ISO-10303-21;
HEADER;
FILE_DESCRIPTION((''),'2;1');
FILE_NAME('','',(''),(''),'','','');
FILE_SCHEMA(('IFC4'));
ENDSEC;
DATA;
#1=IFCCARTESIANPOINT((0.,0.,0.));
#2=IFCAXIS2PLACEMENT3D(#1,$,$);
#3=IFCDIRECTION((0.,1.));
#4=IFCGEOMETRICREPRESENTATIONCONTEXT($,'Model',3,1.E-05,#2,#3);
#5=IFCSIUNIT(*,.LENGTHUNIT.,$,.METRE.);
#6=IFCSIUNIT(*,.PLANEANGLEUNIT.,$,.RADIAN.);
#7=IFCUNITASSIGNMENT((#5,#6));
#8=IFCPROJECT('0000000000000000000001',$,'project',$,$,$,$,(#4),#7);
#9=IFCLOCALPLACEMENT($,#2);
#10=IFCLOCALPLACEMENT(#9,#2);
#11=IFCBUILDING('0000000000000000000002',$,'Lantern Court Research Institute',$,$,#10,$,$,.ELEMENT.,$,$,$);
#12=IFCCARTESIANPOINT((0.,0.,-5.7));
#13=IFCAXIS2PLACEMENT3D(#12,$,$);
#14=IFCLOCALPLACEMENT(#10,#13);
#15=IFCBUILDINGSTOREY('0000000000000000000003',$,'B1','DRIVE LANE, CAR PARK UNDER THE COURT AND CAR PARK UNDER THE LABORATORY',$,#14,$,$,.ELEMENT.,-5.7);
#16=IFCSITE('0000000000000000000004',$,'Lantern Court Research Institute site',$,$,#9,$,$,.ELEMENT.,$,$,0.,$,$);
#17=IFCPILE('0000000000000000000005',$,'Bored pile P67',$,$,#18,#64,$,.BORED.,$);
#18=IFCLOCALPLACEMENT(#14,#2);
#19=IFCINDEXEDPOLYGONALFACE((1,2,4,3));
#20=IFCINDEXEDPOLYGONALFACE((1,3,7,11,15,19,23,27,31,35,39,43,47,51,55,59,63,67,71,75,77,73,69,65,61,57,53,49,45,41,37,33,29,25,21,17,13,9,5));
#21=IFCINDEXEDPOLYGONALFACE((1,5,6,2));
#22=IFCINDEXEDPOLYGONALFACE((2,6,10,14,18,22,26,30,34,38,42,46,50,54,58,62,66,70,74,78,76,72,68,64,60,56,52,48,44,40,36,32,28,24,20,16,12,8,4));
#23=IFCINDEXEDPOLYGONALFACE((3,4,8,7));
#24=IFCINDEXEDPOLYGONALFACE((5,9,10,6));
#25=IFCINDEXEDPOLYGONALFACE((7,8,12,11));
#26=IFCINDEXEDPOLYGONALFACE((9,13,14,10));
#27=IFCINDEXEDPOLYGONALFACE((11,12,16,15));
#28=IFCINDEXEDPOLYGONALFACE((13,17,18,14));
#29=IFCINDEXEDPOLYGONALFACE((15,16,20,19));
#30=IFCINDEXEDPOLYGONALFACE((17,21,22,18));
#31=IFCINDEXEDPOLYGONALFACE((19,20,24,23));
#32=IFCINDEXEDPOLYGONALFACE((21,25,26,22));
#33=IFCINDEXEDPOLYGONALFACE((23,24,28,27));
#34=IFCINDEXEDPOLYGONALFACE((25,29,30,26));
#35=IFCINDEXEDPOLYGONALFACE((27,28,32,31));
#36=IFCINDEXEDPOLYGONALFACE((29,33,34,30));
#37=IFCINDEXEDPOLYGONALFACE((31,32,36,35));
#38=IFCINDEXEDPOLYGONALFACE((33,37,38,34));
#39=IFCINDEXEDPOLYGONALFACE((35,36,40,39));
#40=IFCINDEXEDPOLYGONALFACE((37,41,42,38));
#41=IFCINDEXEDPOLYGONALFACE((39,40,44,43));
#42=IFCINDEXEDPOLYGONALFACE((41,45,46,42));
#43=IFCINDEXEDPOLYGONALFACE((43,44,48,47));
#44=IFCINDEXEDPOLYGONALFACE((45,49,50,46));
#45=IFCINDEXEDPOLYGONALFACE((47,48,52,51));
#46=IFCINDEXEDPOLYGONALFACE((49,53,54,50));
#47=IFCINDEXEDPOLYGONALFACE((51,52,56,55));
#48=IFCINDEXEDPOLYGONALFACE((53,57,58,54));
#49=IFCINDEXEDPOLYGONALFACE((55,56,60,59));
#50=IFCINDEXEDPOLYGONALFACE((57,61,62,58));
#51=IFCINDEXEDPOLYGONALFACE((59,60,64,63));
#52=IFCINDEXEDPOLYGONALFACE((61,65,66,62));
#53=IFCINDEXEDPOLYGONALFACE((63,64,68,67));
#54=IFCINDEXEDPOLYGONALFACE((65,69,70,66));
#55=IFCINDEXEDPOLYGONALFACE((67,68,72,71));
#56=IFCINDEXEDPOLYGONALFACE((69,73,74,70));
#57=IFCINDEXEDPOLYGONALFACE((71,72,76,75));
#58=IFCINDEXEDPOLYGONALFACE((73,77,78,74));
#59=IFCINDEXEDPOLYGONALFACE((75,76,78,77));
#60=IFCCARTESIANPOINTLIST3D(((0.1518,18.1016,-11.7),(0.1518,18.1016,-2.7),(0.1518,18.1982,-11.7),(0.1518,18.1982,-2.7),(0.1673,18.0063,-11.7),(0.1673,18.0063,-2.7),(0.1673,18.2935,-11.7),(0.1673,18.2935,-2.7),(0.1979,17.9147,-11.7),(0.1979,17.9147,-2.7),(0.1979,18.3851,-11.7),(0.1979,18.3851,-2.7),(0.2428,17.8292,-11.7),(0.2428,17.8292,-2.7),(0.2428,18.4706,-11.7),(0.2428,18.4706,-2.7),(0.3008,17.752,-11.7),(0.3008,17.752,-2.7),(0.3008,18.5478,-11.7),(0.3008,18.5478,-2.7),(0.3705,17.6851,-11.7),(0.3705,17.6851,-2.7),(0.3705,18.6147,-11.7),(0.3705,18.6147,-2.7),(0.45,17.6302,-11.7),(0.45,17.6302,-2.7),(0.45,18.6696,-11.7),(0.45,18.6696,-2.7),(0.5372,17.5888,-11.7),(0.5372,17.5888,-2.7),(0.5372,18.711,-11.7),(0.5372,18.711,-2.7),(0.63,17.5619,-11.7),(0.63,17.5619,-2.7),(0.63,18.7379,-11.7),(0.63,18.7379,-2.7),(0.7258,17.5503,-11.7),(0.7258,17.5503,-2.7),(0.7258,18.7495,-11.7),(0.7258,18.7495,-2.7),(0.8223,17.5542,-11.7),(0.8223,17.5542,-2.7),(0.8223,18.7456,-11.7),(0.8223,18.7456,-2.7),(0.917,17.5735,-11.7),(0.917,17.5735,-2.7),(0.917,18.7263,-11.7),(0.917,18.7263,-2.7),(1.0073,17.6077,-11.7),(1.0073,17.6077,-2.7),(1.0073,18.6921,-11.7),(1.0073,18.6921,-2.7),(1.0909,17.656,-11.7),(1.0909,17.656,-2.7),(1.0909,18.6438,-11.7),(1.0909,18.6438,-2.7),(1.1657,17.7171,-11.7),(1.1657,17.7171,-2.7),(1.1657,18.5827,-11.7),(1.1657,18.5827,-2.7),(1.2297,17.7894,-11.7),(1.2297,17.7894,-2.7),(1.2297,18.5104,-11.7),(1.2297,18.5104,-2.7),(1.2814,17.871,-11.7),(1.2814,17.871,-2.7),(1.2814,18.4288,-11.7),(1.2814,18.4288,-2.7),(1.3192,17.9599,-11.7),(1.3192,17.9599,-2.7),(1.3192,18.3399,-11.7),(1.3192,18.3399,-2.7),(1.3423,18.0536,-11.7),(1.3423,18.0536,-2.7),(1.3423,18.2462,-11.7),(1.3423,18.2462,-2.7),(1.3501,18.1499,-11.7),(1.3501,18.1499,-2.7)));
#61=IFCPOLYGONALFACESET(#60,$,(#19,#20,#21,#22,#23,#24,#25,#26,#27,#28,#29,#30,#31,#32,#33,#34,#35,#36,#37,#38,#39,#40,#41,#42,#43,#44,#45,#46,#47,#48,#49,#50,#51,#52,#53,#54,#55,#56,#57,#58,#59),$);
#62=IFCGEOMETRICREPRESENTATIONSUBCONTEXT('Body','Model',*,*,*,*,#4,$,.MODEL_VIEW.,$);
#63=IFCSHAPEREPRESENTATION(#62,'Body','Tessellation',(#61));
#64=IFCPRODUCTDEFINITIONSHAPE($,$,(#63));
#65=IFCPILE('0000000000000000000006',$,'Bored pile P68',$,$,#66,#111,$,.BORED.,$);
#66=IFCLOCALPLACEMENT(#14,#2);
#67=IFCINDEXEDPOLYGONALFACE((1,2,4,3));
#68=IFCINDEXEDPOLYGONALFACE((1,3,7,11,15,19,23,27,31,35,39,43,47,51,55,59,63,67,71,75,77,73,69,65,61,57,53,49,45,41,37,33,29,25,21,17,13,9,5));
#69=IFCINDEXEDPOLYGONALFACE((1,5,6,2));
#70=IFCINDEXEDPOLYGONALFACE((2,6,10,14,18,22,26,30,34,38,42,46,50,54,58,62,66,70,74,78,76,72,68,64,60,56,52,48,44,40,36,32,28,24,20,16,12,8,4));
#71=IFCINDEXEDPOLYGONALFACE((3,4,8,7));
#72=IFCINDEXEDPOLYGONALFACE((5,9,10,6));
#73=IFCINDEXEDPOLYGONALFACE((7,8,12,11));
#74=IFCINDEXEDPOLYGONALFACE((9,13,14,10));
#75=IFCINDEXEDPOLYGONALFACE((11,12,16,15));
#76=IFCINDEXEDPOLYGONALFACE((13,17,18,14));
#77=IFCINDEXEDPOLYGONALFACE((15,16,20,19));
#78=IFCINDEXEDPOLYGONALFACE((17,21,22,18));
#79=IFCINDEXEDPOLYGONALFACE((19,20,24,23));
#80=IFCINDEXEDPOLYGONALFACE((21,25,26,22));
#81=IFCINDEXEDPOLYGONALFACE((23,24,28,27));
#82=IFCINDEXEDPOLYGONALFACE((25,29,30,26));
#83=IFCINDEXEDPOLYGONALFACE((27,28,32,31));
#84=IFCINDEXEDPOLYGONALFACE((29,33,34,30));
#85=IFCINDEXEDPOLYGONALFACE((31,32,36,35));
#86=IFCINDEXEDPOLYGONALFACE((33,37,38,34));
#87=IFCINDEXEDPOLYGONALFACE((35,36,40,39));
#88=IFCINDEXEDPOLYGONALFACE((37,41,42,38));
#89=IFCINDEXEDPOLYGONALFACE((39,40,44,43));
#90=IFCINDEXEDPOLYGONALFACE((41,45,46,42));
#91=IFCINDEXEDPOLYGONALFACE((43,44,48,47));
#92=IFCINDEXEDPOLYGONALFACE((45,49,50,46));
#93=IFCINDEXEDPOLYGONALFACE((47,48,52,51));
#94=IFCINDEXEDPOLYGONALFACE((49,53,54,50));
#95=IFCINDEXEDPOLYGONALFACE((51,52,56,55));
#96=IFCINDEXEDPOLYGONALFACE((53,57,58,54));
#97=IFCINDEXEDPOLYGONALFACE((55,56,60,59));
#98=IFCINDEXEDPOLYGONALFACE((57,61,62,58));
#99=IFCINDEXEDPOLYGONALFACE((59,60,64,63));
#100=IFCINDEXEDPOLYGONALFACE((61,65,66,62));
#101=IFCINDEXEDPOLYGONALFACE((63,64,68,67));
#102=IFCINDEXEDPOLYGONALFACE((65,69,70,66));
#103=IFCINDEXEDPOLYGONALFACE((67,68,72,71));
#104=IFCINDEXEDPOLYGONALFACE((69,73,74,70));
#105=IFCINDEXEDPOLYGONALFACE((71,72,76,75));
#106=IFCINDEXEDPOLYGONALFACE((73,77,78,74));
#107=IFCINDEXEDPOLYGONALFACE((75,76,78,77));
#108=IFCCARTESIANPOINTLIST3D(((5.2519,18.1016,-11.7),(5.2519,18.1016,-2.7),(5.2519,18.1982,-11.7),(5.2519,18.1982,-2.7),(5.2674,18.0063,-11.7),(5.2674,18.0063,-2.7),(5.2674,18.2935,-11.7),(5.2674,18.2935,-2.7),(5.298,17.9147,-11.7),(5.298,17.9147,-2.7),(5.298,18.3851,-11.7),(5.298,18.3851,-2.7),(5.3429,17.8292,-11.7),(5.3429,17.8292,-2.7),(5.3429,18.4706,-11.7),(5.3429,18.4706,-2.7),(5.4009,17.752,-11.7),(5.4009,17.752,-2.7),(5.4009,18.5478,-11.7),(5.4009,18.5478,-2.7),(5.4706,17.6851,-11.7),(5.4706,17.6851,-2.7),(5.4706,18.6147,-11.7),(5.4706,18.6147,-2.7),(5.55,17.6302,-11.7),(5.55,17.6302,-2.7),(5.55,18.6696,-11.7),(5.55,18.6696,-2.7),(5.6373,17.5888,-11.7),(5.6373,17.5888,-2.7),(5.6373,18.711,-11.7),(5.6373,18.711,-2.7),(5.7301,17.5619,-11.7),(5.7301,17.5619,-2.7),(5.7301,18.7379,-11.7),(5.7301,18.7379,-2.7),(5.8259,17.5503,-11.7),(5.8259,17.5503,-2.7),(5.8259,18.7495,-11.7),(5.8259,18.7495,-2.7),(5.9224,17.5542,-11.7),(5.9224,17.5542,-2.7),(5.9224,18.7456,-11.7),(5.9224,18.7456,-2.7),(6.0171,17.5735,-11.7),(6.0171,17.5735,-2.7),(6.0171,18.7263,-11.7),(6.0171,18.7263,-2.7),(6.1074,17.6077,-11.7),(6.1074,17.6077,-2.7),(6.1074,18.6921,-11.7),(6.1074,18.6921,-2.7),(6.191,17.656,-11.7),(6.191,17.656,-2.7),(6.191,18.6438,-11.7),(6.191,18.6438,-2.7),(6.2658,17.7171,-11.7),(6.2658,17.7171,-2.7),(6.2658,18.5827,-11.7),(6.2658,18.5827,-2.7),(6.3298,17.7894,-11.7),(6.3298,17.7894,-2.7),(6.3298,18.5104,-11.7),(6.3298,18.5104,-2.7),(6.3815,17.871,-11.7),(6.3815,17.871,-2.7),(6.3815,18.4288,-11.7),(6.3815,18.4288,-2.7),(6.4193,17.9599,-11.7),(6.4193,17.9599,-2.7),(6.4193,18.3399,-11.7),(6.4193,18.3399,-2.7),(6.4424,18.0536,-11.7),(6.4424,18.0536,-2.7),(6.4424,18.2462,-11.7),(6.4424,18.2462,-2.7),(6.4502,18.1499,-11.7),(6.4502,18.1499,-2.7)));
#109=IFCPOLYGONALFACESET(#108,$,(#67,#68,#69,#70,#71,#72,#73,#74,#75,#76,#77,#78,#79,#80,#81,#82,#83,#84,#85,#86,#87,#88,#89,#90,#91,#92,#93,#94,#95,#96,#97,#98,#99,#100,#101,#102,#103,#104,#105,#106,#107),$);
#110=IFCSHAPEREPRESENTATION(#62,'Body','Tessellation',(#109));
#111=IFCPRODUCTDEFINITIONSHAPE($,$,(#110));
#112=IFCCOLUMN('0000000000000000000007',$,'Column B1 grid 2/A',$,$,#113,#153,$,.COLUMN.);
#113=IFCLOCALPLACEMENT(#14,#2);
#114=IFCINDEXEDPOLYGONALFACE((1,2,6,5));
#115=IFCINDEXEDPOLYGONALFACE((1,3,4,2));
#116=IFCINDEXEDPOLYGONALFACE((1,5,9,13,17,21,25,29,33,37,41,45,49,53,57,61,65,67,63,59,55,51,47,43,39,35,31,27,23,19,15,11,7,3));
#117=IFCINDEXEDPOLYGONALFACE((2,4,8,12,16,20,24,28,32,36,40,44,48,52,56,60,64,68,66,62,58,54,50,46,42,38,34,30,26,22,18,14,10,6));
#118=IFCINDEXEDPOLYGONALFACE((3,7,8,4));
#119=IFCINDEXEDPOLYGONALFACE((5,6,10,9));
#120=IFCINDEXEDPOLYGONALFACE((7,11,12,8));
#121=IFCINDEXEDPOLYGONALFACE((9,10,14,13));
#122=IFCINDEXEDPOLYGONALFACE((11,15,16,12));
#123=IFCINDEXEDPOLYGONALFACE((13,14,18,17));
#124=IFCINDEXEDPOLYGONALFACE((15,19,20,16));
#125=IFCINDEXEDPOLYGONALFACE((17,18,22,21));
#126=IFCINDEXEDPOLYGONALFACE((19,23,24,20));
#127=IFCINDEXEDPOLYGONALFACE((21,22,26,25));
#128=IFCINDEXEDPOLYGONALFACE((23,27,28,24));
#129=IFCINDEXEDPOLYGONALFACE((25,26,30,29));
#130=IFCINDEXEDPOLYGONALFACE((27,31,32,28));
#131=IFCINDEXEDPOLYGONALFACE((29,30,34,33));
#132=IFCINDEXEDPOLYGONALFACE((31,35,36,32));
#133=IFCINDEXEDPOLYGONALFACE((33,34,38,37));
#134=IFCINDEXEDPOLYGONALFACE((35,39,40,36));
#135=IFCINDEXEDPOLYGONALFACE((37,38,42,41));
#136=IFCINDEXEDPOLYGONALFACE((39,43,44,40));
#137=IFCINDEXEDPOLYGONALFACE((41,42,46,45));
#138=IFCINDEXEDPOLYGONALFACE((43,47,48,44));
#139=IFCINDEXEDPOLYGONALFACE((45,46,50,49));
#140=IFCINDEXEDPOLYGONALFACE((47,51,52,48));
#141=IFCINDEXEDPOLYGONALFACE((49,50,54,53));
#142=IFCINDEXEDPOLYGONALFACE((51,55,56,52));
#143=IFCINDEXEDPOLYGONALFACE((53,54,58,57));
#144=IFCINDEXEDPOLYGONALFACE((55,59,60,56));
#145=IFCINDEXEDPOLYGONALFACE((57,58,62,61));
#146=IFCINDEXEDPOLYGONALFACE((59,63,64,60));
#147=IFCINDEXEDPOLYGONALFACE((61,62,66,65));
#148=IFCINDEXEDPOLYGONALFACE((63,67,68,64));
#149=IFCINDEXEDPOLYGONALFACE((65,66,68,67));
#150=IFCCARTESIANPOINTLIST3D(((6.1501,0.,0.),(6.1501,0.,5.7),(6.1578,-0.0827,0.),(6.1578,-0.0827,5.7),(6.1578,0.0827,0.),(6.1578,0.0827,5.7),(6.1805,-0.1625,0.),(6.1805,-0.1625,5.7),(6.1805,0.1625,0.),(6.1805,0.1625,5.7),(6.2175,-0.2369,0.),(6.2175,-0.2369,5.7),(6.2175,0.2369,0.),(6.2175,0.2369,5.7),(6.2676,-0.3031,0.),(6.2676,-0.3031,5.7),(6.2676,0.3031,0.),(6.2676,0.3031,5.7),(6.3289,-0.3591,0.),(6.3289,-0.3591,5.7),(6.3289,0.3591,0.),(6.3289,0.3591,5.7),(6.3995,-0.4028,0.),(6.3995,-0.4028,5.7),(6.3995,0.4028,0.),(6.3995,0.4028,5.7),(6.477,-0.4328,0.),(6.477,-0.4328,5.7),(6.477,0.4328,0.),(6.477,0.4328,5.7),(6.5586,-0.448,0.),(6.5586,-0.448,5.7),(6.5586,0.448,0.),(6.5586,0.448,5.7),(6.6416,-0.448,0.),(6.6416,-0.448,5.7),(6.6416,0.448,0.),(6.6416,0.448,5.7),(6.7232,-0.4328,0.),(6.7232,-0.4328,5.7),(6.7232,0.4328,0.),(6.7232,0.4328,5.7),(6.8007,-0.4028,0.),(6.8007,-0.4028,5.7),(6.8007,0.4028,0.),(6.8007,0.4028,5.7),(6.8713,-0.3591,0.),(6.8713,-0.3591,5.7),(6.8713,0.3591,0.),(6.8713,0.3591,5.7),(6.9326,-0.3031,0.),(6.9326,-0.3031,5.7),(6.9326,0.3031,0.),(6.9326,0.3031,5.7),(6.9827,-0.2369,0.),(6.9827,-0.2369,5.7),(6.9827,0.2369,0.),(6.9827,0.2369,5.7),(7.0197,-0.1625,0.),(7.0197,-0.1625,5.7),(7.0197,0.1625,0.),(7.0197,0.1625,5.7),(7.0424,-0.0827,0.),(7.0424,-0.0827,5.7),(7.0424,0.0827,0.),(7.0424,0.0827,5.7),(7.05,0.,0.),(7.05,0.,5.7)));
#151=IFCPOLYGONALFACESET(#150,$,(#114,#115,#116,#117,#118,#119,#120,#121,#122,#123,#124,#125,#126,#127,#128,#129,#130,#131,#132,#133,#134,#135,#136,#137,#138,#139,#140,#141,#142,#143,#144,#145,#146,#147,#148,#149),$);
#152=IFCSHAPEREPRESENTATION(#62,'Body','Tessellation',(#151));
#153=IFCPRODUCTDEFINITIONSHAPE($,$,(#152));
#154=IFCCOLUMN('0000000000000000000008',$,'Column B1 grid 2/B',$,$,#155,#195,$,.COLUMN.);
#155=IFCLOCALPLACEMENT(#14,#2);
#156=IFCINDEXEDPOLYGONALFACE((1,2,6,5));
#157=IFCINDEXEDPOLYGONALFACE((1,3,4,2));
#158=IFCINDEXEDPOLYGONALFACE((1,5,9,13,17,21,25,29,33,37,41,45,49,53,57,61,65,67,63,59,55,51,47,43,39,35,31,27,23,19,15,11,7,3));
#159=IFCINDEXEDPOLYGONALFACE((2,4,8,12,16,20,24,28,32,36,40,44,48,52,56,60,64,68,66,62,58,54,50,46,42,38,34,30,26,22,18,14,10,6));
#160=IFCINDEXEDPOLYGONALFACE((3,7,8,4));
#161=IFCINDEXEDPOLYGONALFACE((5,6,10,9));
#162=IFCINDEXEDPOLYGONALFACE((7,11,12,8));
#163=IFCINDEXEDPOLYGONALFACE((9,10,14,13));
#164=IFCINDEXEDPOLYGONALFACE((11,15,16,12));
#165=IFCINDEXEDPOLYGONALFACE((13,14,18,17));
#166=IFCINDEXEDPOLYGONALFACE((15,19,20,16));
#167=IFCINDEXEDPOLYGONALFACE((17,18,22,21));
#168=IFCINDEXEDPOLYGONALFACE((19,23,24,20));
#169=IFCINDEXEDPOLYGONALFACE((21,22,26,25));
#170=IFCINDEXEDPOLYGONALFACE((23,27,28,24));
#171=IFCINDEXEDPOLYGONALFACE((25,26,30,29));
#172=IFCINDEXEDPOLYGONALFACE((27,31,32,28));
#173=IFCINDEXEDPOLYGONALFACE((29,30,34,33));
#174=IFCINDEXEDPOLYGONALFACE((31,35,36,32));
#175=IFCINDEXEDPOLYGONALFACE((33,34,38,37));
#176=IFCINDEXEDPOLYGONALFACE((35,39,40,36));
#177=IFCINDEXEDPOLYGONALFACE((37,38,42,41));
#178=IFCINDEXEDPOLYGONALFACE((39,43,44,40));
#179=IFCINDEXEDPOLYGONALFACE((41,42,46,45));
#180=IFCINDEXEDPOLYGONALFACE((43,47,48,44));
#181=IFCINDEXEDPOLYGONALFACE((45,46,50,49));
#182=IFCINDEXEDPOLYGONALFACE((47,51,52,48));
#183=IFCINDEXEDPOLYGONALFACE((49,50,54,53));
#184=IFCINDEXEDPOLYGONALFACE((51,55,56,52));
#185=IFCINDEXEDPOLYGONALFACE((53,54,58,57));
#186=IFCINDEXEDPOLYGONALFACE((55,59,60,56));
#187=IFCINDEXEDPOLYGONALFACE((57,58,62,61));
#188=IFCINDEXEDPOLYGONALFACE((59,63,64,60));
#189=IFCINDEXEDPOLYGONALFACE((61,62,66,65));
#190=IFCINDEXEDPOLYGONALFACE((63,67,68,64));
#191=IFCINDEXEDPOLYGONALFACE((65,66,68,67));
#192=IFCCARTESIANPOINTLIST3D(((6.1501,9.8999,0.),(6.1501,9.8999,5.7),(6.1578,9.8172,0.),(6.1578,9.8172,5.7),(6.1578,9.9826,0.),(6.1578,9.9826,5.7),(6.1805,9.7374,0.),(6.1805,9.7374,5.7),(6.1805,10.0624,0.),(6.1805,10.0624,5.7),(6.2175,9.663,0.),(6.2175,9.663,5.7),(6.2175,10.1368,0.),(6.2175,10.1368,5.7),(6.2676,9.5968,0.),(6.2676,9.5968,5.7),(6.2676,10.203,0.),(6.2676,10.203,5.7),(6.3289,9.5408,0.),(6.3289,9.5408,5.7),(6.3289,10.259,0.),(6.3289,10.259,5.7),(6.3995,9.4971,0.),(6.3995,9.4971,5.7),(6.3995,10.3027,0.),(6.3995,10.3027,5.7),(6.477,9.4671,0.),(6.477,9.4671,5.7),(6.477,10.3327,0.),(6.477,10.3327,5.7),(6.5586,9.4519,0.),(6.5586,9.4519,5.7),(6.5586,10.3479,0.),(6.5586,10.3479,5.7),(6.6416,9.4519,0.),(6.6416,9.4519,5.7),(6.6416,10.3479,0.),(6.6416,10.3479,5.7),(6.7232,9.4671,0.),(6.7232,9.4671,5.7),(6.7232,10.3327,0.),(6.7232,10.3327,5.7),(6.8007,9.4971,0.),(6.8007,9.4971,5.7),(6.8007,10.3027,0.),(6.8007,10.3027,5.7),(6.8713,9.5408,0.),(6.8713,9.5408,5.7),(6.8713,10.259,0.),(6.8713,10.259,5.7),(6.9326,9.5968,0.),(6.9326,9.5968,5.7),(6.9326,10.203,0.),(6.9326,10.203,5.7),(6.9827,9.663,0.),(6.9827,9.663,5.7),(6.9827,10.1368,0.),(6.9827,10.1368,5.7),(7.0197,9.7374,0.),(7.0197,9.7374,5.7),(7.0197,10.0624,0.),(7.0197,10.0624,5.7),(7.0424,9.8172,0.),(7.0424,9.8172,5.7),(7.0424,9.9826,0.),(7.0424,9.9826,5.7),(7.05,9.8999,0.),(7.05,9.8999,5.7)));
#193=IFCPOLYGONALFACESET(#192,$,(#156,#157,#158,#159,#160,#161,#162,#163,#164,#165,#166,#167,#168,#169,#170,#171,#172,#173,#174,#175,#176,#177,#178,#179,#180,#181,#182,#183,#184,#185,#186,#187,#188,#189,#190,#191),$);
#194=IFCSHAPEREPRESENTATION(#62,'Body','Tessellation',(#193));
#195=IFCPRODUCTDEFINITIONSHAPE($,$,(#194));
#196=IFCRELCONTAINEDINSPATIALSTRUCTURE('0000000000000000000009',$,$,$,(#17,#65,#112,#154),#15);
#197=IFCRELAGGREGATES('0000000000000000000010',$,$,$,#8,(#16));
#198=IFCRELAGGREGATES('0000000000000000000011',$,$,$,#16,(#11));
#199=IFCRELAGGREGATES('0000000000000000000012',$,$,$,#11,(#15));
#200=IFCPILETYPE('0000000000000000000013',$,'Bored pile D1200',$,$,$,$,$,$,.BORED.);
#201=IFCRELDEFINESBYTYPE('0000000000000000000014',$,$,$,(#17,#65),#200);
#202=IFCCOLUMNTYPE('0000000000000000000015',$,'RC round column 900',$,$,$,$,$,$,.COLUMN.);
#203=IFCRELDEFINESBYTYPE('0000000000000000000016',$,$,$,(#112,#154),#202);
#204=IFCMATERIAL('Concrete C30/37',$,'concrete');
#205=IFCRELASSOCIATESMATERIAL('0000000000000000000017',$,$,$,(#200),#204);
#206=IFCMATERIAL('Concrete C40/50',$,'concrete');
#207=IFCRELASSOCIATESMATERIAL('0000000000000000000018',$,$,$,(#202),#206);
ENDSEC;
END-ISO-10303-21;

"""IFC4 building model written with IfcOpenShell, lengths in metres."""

from ifc_helpers import new_model, si_unit, direction, frame, origin, origin_2d, place, context, subcontext, project, spatial, circle, extrude, material, material_profile, profile_set, type_object, element, save


model = new_model("IFC4")

# Units and contexts
model_context = context("Model", 3, precision=1e-05, world=origin(), true_north=direction((0.0, 1.0)))
body_context = subcontext(model_context, "Body", "Model", "MODEL_VIEW")
ifc_project = project(units=[si_unit("LENGTHUNIT", "METRE"), si_unit("PLANEANGLEUNIT", "RADIAN")], contexts=[model_context])

# Site, building, storey
site_placement = place(None, origin())
site = spatial("IfcSite", under=ifc_project, at=site_placement, Name="Lantern Court Research Institute site", CompositionType="ELEMENT", RefElevation=0.0)
building_placement = place(site_placement, origin())
building = spatial("IfcBuilding", under=site, at=building_placement, Name="Lantern Court Research Institute", CompositionType="ELEMENT")
storey_placement = place(building_placement, frame((0.0, 0.0, -5.7)))
storey = spatial("IfcBuildingStorey", under=building, at=storey_placement, Name="B1", Description="DRIVE LANE, CAR PARK UNDER THE COURT AND CAR PARK UNDER THE LABORATORY", CompositionType="ELEMENT", Elevation=-5.7)

# Piles
ifc_material_1 = material(Name="Concrete C30/37", Category="concrete")
ifc_material_profile_1 = material_profile(ifc_material_1, circle(Radius=0.6001, at=origin_2d()), Name="Bored pile D1200")
ifc_profile_set_1 = profile_set([ifc_material_profile_1], Name="Concrete C30/37")
pile_type = type_object("IfcPileType", Name="Bored pile D1200", PredefinedType="BORED", material=ifc_profile_set_1)
for number, where, z_axis, x_axis, name in (
    (1, (0.75, 18.1499, -2.7), (0.0, 0.0, -1.0), (1.0, 0.0, 0.0), "Bored pile P67"),
    (2, (5.8501, 18.1499, -2.7), (0.0, 0.0, -1.0), (1.0, 0.0, 0.0), "Bored pile P68"),
):
    element("IfcPile", number, at=place(storey_placement, frame(where, z_axis=z_axis, x_axis=x_axis)), inside=storey, type_object=pile_type, Name=name, PredefinedType="BORED", context=body_context, shape_type="SweptSolid", body=[
        extrude(circle(Radius=0.6001, at=origin_2d()), origin(), (0.0, 0.0, 1.0), 9.0),
    ])

# Columns
ifc_material_2 = material(Name="Concrete C40/50", Category="concrete")
ifc_material_profile_2 = material_profile(ifc_material_2, circle(Radius=0.45, at=origin_2d()), Name="RC round column 900")
ifc_profile_set_2 = profile_set([ifc_material_profile_2], Name="Concrete C40/50")
column_type = type_object("IfcColumnType", Name="RC round column 900", PredefinedType="COLUMN", material=ifc_profile_set_2)
for number, where, z_axis, x_axis, name in (
    (3, (6.6001, 0.0, 0.0), (0.0, 0.0, 1.0), (1.0, 0.0, 0.0), "Column B1 grid 2/A"),
    (4, (6.6001, 9.8999, 0.0), (0.0, 0.0, 1.0), (1.0, 0.0, 0.0), "Column B1 grid 2/B"),
):
    element("IfcColumn", number, at=place(storey_placement, frame(where, z_axis=z_axis, x_axis=x_axis)), inside=storey, type_object=column_type, Name=name, PredefinedType="COLUMN", context=body_context, shape_type="SweptSolid", body=[
        extrude(circle(Radius=0.45, at=origin_2d()), origin(), (0.0, 0.0, 1.0), 5.7),
    ])

save(model, "model.ifc")
